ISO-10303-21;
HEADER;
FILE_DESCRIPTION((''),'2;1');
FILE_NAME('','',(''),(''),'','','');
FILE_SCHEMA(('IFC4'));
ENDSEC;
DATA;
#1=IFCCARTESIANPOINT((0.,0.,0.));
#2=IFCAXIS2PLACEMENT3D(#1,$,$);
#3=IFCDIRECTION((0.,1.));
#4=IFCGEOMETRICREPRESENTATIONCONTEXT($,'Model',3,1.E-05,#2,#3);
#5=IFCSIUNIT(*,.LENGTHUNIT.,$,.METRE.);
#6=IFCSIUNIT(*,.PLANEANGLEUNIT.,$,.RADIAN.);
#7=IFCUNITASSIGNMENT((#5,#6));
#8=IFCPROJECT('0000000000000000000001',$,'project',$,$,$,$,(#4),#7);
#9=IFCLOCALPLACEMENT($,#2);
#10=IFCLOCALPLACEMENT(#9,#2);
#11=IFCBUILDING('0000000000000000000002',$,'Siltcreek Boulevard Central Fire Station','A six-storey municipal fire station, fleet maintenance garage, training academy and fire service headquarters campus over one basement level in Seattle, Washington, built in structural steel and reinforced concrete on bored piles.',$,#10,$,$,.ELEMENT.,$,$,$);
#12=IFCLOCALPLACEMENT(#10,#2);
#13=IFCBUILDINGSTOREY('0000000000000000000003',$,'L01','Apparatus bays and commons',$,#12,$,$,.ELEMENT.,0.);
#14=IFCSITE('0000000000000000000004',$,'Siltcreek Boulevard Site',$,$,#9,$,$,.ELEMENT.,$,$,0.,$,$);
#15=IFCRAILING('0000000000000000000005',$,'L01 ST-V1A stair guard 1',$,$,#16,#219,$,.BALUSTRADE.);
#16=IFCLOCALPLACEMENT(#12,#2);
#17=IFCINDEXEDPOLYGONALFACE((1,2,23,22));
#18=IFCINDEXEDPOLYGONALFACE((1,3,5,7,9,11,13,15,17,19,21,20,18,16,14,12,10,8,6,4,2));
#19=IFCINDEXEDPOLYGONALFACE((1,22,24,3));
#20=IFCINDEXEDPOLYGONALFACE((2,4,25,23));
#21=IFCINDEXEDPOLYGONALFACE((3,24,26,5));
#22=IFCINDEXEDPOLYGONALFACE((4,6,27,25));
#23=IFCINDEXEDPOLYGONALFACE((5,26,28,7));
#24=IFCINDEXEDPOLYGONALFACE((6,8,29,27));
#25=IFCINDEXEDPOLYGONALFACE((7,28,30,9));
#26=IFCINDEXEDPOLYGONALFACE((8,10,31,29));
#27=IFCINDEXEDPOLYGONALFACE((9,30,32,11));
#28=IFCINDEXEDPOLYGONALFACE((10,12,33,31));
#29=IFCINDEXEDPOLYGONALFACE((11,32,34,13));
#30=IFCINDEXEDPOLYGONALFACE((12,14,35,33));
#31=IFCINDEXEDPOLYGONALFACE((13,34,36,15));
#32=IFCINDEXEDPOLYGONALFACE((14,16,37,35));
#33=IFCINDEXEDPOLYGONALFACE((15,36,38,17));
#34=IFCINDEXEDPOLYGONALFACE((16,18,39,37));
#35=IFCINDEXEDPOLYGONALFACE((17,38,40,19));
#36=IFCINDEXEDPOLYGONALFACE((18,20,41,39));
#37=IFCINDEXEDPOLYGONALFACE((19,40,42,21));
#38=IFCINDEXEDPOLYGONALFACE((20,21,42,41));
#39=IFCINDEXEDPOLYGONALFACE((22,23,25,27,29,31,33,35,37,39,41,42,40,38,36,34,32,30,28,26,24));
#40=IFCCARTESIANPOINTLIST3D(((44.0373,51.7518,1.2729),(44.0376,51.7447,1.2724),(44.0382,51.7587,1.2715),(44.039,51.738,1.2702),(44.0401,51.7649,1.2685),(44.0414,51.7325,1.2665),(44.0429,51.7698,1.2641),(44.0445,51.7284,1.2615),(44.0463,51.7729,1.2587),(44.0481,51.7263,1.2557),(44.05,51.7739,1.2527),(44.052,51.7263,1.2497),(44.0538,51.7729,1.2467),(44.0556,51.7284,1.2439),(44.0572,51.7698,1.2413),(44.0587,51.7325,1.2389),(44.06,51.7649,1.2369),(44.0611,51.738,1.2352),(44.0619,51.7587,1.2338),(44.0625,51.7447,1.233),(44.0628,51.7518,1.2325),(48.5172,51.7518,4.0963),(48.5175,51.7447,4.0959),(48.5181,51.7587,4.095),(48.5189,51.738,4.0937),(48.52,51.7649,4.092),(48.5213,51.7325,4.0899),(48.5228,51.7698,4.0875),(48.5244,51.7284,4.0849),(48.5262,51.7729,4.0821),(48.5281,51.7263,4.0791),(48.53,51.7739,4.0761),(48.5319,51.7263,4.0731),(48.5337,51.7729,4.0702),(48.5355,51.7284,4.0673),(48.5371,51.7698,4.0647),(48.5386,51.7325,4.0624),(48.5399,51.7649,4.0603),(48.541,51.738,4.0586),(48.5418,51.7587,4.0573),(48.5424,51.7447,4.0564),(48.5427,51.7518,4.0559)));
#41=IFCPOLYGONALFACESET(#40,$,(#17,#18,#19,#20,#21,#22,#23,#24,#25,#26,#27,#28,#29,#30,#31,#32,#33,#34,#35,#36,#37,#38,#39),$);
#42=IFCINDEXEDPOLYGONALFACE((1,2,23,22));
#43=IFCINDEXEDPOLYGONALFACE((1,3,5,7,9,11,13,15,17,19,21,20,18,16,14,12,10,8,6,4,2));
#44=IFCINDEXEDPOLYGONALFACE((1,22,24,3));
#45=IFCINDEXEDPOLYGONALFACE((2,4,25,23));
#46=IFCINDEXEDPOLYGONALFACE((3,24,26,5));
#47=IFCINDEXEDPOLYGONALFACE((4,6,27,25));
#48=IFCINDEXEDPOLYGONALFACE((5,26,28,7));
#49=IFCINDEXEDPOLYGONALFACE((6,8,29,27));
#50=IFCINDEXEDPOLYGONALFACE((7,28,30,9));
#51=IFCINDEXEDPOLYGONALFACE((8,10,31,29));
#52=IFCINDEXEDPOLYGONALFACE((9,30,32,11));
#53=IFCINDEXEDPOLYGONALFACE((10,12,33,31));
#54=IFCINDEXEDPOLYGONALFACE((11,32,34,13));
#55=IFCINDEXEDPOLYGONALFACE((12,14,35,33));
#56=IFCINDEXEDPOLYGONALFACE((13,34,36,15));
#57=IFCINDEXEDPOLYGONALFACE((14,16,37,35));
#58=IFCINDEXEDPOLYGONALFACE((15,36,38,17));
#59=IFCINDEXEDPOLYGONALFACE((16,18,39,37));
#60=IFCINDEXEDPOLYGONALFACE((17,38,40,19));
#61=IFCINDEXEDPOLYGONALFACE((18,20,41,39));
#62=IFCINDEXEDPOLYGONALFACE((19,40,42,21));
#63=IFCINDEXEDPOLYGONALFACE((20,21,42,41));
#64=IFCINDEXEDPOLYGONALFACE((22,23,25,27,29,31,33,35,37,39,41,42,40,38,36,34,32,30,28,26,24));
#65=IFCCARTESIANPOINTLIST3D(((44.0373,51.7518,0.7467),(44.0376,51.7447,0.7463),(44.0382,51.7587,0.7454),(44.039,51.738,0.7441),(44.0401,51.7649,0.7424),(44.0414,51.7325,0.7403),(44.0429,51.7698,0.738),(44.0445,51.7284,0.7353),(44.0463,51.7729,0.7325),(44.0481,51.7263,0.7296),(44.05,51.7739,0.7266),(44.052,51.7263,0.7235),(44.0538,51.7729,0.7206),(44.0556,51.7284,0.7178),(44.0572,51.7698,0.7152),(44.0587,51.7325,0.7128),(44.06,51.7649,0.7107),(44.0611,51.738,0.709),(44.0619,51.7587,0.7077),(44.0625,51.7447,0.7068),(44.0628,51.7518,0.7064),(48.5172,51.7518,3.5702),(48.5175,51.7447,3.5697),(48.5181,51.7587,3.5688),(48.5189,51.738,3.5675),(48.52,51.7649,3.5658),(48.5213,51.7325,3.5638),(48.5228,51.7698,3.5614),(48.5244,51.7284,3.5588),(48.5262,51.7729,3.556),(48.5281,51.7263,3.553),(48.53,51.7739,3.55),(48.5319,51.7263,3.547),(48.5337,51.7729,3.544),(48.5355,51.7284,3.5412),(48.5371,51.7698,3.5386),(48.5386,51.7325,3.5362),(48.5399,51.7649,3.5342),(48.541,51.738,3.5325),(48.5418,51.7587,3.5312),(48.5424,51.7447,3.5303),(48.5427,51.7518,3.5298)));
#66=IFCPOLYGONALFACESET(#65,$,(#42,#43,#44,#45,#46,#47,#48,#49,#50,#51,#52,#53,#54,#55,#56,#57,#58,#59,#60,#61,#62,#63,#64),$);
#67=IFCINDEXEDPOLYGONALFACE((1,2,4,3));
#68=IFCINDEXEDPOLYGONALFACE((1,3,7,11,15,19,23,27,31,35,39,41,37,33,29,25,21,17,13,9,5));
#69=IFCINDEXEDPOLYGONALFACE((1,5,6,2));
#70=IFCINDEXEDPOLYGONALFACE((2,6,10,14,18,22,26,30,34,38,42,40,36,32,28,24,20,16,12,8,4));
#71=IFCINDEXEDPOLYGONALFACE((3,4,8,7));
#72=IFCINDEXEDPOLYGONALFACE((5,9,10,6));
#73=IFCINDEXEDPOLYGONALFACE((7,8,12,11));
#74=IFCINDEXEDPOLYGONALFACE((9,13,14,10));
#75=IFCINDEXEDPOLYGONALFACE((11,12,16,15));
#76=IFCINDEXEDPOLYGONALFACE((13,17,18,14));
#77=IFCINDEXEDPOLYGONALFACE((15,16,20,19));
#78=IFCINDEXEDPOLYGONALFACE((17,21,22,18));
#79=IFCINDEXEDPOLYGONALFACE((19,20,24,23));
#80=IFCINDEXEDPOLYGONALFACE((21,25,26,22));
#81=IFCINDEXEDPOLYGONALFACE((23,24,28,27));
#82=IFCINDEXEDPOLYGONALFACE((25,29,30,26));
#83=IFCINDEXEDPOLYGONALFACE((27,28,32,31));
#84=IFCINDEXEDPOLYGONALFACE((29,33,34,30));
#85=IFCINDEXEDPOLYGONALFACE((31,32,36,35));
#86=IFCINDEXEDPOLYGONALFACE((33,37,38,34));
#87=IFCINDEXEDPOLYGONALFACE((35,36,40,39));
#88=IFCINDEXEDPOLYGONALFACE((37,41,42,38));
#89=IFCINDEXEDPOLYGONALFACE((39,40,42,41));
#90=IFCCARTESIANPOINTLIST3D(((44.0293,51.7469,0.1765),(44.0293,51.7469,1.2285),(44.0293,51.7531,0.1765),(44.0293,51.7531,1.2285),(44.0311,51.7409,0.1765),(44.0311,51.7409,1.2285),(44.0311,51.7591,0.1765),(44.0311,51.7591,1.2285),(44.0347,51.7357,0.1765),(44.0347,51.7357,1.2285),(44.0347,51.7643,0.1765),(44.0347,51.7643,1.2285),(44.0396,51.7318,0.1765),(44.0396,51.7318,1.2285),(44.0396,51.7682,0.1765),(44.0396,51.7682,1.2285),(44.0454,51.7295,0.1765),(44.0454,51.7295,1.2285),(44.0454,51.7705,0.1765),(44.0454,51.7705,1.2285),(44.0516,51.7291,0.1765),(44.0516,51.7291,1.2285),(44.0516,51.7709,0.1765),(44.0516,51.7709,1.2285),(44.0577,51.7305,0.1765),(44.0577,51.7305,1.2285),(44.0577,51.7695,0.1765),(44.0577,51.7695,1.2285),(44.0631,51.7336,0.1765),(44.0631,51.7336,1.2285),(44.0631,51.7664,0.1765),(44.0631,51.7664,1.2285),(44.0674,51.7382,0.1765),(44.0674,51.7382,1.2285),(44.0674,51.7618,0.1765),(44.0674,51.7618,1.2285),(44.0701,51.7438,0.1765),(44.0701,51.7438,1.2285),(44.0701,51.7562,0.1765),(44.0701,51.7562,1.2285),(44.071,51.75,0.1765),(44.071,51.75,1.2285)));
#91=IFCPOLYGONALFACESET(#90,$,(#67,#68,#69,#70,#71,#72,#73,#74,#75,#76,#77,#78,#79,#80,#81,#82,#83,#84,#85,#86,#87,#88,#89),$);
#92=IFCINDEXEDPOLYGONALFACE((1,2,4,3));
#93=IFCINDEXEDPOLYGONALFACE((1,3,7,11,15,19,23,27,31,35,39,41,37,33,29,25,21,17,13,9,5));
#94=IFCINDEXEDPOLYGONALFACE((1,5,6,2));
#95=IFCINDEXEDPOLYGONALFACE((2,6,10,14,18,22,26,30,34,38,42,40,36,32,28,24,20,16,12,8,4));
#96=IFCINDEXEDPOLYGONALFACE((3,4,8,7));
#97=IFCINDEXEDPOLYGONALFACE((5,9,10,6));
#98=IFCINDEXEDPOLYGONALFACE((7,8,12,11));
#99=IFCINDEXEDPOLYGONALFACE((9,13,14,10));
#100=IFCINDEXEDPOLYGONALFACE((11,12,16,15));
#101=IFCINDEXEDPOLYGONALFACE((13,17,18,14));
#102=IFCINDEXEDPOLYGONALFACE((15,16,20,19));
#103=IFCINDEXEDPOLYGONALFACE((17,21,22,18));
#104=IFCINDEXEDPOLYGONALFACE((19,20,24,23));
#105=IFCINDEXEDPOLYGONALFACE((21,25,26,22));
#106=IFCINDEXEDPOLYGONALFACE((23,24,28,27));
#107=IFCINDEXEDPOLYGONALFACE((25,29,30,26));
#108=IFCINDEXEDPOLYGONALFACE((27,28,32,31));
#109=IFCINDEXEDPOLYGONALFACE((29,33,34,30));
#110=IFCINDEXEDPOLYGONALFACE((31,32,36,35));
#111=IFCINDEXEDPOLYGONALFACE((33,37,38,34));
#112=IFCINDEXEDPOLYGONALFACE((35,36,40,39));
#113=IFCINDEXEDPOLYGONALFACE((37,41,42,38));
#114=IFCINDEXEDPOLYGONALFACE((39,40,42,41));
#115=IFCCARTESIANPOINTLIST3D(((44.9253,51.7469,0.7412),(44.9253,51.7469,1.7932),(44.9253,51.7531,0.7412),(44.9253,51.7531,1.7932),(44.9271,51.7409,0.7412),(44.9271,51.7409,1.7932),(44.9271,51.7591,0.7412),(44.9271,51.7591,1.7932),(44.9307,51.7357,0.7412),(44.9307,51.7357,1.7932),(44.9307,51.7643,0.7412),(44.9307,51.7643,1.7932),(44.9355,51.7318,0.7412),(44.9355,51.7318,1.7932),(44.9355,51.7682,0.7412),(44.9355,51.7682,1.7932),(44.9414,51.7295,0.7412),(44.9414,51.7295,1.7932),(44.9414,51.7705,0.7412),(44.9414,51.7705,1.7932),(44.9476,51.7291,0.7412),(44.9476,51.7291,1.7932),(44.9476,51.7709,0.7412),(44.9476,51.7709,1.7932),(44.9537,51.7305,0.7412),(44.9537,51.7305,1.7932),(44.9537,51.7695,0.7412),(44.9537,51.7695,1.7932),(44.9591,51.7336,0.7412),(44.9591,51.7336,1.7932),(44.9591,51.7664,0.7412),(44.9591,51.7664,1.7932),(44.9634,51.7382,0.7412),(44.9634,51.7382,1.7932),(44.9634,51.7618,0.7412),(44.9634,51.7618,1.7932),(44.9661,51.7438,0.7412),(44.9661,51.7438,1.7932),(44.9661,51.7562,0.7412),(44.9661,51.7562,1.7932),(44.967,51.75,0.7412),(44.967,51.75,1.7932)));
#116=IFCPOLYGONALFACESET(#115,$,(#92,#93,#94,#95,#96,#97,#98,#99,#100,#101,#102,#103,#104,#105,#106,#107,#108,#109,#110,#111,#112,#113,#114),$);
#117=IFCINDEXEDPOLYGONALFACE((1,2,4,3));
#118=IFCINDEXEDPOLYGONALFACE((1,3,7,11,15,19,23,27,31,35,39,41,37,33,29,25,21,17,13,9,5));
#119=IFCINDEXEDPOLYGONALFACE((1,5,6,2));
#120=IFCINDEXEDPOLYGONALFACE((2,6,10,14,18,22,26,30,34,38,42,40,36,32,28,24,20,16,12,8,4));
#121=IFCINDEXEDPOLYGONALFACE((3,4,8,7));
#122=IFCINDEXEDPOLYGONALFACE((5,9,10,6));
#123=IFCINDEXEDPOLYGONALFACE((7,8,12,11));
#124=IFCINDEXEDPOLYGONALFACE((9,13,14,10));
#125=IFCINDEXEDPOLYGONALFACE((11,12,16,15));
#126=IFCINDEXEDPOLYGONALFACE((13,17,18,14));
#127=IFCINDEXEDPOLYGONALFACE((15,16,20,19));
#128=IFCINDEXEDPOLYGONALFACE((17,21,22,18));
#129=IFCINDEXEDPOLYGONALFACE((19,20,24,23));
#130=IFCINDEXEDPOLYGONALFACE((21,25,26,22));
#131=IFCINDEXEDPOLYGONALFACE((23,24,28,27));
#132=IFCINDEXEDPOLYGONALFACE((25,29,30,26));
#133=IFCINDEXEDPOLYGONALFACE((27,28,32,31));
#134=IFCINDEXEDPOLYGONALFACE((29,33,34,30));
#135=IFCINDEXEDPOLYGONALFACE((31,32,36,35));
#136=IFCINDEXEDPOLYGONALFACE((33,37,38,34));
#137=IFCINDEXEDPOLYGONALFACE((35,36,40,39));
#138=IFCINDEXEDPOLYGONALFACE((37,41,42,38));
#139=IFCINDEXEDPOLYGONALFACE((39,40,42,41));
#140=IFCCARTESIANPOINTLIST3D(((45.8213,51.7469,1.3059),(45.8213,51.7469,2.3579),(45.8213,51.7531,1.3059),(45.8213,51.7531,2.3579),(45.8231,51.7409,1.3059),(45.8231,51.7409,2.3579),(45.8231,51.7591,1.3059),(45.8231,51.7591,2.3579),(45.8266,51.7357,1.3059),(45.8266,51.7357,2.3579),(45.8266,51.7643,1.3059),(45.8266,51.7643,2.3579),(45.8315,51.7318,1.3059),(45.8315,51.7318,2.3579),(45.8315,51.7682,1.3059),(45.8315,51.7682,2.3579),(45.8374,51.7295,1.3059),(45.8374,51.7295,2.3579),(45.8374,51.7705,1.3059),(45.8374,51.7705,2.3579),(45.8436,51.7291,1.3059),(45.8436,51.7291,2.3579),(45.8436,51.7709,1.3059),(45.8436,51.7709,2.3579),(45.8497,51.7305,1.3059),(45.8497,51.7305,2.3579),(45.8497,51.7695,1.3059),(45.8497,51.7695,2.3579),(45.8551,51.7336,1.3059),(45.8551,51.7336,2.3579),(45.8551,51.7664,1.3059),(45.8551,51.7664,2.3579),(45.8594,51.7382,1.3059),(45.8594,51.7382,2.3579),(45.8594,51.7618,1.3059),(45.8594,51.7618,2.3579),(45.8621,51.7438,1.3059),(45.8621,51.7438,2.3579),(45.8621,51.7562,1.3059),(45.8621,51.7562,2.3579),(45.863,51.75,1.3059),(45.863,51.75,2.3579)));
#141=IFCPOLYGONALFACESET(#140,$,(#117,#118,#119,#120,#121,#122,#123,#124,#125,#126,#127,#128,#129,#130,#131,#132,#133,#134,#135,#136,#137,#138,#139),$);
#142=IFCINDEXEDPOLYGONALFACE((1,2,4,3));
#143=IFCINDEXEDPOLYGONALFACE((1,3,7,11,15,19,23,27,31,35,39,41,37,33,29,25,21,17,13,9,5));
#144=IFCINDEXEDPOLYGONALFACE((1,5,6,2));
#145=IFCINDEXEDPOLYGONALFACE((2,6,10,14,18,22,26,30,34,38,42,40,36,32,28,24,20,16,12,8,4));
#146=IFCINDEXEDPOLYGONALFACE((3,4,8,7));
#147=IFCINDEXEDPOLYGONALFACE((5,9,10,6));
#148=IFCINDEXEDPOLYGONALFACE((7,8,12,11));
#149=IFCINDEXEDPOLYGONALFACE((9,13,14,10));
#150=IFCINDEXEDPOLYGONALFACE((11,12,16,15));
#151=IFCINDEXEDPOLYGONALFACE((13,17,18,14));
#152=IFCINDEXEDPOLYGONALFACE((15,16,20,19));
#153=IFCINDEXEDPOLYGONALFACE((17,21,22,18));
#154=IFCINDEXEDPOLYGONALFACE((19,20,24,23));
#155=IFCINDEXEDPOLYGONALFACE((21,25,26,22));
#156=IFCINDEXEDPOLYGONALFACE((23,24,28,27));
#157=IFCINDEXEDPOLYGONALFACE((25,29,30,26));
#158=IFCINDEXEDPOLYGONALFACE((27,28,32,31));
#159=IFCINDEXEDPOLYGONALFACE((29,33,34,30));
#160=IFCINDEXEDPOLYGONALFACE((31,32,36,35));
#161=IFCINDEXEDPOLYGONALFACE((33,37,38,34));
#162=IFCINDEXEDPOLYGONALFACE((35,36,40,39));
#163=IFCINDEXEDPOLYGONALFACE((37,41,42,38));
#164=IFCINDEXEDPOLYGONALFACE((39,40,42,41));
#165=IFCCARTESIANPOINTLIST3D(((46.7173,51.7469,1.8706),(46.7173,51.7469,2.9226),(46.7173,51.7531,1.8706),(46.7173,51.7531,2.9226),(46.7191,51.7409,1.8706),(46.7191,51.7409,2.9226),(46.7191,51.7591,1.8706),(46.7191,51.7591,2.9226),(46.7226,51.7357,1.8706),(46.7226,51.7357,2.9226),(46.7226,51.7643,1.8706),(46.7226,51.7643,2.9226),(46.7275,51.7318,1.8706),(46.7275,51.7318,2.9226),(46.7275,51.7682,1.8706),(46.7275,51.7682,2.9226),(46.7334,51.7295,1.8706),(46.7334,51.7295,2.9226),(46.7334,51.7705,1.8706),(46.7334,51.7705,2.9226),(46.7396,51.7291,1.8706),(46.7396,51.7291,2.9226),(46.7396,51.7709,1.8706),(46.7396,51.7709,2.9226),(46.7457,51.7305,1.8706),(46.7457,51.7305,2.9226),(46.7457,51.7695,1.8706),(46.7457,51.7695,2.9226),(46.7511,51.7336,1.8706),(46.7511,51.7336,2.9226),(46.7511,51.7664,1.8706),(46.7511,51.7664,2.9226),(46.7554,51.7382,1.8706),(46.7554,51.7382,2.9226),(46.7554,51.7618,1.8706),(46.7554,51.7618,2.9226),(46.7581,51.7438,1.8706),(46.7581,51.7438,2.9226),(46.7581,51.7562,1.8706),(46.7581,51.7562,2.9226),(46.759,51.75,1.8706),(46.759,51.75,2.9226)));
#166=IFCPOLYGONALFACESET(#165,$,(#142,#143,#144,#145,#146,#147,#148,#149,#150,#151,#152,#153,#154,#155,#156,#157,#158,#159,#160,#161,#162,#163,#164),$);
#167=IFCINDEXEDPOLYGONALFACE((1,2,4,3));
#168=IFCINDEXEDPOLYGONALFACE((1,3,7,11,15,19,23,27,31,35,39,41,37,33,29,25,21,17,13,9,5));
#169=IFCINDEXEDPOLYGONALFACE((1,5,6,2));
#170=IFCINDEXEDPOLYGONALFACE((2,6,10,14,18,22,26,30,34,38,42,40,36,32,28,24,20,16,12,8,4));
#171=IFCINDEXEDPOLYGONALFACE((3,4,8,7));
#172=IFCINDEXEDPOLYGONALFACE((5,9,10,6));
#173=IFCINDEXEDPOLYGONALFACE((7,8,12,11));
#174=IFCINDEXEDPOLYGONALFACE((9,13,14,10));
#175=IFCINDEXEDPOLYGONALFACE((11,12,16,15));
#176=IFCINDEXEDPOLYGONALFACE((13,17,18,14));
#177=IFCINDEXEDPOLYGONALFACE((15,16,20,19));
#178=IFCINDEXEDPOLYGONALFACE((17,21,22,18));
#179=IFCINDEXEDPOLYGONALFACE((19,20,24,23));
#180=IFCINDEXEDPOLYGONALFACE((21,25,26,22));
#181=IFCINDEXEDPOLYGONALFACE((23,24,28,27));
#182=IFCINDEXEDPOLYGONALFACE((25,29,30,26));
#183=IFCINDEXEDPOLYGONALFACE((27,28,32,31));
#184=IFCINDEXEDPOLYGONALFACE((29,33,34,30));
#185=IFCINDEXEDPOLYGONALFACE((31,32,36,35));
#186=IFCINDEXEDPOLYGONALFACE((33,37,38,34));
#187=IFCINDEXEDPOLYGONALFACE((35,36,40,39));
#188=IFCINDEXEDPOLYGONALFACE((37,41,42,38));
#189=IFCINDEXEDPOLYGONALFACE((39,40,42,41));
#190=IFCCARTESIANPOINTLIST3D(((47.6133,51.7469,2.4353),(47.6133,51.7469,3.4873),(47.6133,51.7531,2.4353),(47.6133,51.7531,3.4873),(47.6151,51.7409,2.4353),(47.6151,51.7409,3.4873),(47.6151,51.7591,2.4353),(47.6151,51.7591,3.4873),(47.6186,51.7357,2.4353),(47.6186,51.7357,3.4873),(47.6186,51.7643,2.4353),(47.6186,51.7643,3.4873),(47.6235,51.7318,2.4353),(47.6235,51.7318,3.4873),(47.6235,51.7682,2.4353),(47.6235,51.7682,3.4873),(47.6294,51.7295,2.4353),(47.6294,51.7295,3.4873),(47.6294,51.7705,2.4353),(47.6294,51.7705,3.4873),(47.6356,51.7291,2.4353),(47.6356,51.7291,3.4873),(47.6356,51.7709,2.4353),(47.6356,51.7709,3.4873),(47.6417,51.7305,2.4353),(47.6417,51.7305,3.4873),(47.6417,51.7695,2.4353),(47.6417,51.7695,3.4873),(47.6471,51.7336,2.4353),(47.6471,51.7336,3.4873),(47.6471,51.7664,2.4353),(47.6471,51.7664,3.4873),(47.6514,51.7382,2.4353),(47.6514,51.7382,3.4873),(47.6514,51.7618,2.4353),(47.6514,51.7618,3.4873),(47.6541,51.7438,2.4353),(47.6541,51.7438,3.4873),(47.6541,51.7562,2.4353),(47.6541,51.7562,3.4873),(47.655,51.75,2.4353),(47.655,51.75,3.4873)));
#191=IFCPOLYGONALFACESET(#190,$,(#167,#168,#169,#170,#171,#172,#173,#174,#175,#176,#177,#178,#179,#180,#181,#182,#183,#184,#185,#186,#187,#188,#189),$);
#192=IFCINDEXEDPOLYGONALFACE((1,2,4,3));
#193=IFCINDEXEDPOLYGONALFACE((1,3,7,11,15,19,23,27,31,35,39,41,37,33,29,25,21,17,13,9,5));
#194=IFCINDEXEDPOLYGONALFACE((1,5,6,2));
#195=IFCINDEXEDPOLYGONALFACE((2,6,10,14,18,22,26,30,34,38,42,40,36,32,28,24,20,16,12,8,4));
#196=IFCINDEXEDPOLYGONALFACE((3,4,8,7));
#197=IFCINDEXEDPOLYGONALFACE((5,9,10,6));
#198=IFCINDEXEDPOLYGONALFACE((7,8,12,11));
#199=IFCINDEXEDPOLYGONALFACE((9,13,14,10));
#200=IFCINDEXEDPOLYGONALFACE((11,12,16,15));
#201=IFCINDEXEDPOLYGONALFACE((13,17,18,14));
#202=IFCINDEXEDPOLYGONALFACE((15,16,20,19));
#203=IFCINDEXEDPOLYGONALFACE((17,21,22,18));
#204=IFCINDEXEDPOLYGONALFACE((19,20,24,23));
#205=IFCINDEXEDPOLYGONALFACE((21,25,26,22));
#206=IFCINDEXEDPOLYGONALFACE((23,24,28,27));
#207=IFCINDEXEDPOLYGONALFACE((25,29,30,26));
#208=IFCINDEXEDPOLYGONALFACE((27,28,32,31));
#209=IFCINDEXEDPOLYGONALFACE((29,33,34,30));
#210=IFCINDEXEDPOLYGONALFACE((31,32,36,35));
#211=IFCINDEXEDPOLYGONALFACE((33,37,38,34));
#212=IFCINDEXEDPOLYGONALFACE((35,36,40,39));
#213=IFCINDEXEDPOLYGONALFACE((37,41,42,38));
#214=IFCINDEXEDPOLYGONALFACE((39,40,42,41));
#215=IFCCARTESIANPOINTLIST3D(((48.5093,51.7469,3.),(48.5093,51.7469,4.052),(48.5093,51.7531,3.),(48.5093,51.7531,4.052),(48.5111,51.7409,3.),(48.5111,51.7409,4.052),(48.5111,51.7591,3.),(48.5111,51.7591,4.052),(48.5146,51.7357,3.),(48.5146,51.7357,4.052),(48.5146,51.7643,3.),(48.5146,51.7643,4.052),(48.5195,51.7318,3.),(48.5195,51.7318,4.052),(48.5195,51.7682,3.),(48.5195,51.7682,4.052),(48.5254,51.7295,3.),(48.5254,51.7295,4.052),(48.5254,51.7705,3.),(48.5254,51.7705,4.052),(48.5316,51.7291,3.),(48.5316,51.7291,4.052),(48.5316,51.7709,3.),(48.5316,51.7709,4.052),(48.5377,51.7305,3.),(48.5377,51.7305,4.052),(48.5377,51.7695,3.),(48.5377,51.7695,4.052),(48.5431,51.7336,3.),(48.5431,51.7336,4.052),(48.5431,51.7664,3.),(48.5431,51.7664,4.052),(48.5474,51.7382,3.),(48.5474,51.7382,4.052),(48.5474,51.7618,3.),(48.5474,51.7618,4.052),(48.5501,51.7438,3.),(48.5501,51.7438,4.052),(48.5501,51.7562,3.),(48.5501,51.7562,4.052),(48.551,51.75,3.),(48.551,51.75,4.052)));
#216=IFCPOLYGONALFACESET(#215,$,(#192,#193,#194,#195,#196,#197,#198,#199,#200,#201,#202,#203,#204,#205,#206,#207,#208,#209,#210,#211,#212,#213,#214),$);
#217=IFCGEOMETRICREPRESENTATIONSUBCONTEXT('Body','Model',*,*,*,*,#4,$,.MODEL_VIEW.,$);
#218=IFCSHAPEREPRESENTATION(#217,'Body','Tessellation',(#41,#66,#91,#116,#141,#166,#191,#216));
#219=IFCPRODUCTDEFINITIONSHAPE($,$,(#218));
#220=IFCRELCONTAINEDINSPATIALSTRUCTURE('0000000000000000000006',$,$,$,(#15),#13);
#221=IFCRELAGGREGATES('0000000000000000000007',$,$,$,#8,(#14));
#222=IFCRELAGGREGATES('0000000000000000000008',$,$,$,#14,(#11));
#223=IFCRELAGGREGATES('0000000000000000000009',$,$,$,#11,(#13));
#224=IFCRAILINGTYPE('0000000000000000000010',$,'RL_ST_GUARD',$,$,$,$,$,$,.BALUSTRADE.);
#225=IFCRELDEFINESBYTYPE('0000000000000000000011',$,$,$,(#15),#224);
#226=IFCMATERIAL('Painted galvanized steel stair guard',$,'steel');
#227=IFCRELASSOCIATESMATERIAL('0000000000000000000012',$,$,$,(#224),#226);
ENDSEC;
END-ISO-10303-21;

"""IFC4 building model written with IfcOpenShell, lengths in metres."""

from ifc_helpers import new_model, si_unit, direction, frame, origin, origin_2d, place, context, subcontext, project, spatial, circle, extrude, material, type_object, element, save


model = new_model("IFC4")

# Units and contexts
model_context = context("Model", 3, precision=1e-05, world=origin(), true_north=direction((0.0, 1.0)))
body_context = subcontext(model_context, "Body", "Model", "MODEL_VIEW")
ifc_project = project(units=[si_unit("LENGTHUNIT", "METRE"), si_unit("PLANEANGLEUNIT", "RADIAN")], contexts=[model_context])

# Site, building, storey
site_placement = place(None, origin())
site = spatial("IfcSite", under=ifc_project, at=site_placement, Name="Siltcreek Boulevard Site", CompositionType="ELEMENT", RefElevation=0.0)
building_placement = place(site_placement, origin())
building = spatial("IfcBuilding", under=site, at=building_placement, Name="Siltcreek Boulevard Central Fire Station", Description="A six-storey municipal fire station, fleet maintenance garage, training academy and fire service headquarters campus over one basement level in Seattle, Washington, built in structural steel and reinforced concrete on bored piles.", CompositionType="ELEMENT")
storey_placement = place(building_placement, origin())
storey = spatial("IfcBuildingStorey", under=building, at=storey_placement, Name="L01", Description="Apparatus bays and commons", CompositionType="ELEMENT", Elevation=0.0)

# Railing
ifc_material_1 = material(Name="Painted galvanized steel stair guard", Category="steel")
railing_type_1 = type_object("IfcRailingType", Name="RL_ST_GUARD", PredefinedType="BALUSTRADE", material=ifc_material_1)
railing_1_placement = place(storey_placement, frame((44.05, 51.75, 0.1765)))
element("IfcRailing", 1, at=railing_1_placement, inside=storey, type_object=railing_type_1, Name="L01 ST-V1A stair guard 1", PredefinedType="BALUSTRADE", context=body_context, shape_type="SweptSolid", body=[
    extrude(circle(Radius=0.0239, at=origin_2d()), frame((0.0, 0.0, 1.0762), z_axis=(0.845998, 0.0, 0.533186), x_axis=(0.0, 1.0, 0.0)), (0.0, 0.0, 1.0), 5.2954),
    extrude(circle(Radius=0.0239, at=origin_2d()), frame((0.0, 0.0, 0.55), z_axis=(0.845998, 0.0, 0.533186), x_axis=(0.0, 1.0, 0.0)), (0.0, 0.0, 1.0), 5.2954),
    extrude(circle(Radius=0.021, at=origin_2d()), origin(), (0.0, 0.0, 1.0), 1.052),
    extrude(circle(Radius=0.021, at=origin_2d()), frame((0.896, 0.0, 0.5647)), (0.0, 0.0, 1.0), 1.052),
    extrude(circle(Radius=0.021, at=origin_2d()), frame((1.792, 0.0, 1.1294)), (0.0, 0.0, 1.0), 1.052),
    extrude(circle(Radius=0.021, at=origin_2d()), frame((2.688, 0.0, 1.6941)), (0.0, 0.0, 1.0), 1.052),
    extrude(circle(Radius=0.021, at=origin_2d()), frame((3.584, 0.0, 2.2588)), (0.0, 0.0, 1.0), 1.052),
    extrude(circle(Radius=0.021, at=origin_2d()), frame((4.48, 0.0, 2.8235)), (0.0, 0.0, 1.0), 1.052),
])

save(model, "model.ifc")
